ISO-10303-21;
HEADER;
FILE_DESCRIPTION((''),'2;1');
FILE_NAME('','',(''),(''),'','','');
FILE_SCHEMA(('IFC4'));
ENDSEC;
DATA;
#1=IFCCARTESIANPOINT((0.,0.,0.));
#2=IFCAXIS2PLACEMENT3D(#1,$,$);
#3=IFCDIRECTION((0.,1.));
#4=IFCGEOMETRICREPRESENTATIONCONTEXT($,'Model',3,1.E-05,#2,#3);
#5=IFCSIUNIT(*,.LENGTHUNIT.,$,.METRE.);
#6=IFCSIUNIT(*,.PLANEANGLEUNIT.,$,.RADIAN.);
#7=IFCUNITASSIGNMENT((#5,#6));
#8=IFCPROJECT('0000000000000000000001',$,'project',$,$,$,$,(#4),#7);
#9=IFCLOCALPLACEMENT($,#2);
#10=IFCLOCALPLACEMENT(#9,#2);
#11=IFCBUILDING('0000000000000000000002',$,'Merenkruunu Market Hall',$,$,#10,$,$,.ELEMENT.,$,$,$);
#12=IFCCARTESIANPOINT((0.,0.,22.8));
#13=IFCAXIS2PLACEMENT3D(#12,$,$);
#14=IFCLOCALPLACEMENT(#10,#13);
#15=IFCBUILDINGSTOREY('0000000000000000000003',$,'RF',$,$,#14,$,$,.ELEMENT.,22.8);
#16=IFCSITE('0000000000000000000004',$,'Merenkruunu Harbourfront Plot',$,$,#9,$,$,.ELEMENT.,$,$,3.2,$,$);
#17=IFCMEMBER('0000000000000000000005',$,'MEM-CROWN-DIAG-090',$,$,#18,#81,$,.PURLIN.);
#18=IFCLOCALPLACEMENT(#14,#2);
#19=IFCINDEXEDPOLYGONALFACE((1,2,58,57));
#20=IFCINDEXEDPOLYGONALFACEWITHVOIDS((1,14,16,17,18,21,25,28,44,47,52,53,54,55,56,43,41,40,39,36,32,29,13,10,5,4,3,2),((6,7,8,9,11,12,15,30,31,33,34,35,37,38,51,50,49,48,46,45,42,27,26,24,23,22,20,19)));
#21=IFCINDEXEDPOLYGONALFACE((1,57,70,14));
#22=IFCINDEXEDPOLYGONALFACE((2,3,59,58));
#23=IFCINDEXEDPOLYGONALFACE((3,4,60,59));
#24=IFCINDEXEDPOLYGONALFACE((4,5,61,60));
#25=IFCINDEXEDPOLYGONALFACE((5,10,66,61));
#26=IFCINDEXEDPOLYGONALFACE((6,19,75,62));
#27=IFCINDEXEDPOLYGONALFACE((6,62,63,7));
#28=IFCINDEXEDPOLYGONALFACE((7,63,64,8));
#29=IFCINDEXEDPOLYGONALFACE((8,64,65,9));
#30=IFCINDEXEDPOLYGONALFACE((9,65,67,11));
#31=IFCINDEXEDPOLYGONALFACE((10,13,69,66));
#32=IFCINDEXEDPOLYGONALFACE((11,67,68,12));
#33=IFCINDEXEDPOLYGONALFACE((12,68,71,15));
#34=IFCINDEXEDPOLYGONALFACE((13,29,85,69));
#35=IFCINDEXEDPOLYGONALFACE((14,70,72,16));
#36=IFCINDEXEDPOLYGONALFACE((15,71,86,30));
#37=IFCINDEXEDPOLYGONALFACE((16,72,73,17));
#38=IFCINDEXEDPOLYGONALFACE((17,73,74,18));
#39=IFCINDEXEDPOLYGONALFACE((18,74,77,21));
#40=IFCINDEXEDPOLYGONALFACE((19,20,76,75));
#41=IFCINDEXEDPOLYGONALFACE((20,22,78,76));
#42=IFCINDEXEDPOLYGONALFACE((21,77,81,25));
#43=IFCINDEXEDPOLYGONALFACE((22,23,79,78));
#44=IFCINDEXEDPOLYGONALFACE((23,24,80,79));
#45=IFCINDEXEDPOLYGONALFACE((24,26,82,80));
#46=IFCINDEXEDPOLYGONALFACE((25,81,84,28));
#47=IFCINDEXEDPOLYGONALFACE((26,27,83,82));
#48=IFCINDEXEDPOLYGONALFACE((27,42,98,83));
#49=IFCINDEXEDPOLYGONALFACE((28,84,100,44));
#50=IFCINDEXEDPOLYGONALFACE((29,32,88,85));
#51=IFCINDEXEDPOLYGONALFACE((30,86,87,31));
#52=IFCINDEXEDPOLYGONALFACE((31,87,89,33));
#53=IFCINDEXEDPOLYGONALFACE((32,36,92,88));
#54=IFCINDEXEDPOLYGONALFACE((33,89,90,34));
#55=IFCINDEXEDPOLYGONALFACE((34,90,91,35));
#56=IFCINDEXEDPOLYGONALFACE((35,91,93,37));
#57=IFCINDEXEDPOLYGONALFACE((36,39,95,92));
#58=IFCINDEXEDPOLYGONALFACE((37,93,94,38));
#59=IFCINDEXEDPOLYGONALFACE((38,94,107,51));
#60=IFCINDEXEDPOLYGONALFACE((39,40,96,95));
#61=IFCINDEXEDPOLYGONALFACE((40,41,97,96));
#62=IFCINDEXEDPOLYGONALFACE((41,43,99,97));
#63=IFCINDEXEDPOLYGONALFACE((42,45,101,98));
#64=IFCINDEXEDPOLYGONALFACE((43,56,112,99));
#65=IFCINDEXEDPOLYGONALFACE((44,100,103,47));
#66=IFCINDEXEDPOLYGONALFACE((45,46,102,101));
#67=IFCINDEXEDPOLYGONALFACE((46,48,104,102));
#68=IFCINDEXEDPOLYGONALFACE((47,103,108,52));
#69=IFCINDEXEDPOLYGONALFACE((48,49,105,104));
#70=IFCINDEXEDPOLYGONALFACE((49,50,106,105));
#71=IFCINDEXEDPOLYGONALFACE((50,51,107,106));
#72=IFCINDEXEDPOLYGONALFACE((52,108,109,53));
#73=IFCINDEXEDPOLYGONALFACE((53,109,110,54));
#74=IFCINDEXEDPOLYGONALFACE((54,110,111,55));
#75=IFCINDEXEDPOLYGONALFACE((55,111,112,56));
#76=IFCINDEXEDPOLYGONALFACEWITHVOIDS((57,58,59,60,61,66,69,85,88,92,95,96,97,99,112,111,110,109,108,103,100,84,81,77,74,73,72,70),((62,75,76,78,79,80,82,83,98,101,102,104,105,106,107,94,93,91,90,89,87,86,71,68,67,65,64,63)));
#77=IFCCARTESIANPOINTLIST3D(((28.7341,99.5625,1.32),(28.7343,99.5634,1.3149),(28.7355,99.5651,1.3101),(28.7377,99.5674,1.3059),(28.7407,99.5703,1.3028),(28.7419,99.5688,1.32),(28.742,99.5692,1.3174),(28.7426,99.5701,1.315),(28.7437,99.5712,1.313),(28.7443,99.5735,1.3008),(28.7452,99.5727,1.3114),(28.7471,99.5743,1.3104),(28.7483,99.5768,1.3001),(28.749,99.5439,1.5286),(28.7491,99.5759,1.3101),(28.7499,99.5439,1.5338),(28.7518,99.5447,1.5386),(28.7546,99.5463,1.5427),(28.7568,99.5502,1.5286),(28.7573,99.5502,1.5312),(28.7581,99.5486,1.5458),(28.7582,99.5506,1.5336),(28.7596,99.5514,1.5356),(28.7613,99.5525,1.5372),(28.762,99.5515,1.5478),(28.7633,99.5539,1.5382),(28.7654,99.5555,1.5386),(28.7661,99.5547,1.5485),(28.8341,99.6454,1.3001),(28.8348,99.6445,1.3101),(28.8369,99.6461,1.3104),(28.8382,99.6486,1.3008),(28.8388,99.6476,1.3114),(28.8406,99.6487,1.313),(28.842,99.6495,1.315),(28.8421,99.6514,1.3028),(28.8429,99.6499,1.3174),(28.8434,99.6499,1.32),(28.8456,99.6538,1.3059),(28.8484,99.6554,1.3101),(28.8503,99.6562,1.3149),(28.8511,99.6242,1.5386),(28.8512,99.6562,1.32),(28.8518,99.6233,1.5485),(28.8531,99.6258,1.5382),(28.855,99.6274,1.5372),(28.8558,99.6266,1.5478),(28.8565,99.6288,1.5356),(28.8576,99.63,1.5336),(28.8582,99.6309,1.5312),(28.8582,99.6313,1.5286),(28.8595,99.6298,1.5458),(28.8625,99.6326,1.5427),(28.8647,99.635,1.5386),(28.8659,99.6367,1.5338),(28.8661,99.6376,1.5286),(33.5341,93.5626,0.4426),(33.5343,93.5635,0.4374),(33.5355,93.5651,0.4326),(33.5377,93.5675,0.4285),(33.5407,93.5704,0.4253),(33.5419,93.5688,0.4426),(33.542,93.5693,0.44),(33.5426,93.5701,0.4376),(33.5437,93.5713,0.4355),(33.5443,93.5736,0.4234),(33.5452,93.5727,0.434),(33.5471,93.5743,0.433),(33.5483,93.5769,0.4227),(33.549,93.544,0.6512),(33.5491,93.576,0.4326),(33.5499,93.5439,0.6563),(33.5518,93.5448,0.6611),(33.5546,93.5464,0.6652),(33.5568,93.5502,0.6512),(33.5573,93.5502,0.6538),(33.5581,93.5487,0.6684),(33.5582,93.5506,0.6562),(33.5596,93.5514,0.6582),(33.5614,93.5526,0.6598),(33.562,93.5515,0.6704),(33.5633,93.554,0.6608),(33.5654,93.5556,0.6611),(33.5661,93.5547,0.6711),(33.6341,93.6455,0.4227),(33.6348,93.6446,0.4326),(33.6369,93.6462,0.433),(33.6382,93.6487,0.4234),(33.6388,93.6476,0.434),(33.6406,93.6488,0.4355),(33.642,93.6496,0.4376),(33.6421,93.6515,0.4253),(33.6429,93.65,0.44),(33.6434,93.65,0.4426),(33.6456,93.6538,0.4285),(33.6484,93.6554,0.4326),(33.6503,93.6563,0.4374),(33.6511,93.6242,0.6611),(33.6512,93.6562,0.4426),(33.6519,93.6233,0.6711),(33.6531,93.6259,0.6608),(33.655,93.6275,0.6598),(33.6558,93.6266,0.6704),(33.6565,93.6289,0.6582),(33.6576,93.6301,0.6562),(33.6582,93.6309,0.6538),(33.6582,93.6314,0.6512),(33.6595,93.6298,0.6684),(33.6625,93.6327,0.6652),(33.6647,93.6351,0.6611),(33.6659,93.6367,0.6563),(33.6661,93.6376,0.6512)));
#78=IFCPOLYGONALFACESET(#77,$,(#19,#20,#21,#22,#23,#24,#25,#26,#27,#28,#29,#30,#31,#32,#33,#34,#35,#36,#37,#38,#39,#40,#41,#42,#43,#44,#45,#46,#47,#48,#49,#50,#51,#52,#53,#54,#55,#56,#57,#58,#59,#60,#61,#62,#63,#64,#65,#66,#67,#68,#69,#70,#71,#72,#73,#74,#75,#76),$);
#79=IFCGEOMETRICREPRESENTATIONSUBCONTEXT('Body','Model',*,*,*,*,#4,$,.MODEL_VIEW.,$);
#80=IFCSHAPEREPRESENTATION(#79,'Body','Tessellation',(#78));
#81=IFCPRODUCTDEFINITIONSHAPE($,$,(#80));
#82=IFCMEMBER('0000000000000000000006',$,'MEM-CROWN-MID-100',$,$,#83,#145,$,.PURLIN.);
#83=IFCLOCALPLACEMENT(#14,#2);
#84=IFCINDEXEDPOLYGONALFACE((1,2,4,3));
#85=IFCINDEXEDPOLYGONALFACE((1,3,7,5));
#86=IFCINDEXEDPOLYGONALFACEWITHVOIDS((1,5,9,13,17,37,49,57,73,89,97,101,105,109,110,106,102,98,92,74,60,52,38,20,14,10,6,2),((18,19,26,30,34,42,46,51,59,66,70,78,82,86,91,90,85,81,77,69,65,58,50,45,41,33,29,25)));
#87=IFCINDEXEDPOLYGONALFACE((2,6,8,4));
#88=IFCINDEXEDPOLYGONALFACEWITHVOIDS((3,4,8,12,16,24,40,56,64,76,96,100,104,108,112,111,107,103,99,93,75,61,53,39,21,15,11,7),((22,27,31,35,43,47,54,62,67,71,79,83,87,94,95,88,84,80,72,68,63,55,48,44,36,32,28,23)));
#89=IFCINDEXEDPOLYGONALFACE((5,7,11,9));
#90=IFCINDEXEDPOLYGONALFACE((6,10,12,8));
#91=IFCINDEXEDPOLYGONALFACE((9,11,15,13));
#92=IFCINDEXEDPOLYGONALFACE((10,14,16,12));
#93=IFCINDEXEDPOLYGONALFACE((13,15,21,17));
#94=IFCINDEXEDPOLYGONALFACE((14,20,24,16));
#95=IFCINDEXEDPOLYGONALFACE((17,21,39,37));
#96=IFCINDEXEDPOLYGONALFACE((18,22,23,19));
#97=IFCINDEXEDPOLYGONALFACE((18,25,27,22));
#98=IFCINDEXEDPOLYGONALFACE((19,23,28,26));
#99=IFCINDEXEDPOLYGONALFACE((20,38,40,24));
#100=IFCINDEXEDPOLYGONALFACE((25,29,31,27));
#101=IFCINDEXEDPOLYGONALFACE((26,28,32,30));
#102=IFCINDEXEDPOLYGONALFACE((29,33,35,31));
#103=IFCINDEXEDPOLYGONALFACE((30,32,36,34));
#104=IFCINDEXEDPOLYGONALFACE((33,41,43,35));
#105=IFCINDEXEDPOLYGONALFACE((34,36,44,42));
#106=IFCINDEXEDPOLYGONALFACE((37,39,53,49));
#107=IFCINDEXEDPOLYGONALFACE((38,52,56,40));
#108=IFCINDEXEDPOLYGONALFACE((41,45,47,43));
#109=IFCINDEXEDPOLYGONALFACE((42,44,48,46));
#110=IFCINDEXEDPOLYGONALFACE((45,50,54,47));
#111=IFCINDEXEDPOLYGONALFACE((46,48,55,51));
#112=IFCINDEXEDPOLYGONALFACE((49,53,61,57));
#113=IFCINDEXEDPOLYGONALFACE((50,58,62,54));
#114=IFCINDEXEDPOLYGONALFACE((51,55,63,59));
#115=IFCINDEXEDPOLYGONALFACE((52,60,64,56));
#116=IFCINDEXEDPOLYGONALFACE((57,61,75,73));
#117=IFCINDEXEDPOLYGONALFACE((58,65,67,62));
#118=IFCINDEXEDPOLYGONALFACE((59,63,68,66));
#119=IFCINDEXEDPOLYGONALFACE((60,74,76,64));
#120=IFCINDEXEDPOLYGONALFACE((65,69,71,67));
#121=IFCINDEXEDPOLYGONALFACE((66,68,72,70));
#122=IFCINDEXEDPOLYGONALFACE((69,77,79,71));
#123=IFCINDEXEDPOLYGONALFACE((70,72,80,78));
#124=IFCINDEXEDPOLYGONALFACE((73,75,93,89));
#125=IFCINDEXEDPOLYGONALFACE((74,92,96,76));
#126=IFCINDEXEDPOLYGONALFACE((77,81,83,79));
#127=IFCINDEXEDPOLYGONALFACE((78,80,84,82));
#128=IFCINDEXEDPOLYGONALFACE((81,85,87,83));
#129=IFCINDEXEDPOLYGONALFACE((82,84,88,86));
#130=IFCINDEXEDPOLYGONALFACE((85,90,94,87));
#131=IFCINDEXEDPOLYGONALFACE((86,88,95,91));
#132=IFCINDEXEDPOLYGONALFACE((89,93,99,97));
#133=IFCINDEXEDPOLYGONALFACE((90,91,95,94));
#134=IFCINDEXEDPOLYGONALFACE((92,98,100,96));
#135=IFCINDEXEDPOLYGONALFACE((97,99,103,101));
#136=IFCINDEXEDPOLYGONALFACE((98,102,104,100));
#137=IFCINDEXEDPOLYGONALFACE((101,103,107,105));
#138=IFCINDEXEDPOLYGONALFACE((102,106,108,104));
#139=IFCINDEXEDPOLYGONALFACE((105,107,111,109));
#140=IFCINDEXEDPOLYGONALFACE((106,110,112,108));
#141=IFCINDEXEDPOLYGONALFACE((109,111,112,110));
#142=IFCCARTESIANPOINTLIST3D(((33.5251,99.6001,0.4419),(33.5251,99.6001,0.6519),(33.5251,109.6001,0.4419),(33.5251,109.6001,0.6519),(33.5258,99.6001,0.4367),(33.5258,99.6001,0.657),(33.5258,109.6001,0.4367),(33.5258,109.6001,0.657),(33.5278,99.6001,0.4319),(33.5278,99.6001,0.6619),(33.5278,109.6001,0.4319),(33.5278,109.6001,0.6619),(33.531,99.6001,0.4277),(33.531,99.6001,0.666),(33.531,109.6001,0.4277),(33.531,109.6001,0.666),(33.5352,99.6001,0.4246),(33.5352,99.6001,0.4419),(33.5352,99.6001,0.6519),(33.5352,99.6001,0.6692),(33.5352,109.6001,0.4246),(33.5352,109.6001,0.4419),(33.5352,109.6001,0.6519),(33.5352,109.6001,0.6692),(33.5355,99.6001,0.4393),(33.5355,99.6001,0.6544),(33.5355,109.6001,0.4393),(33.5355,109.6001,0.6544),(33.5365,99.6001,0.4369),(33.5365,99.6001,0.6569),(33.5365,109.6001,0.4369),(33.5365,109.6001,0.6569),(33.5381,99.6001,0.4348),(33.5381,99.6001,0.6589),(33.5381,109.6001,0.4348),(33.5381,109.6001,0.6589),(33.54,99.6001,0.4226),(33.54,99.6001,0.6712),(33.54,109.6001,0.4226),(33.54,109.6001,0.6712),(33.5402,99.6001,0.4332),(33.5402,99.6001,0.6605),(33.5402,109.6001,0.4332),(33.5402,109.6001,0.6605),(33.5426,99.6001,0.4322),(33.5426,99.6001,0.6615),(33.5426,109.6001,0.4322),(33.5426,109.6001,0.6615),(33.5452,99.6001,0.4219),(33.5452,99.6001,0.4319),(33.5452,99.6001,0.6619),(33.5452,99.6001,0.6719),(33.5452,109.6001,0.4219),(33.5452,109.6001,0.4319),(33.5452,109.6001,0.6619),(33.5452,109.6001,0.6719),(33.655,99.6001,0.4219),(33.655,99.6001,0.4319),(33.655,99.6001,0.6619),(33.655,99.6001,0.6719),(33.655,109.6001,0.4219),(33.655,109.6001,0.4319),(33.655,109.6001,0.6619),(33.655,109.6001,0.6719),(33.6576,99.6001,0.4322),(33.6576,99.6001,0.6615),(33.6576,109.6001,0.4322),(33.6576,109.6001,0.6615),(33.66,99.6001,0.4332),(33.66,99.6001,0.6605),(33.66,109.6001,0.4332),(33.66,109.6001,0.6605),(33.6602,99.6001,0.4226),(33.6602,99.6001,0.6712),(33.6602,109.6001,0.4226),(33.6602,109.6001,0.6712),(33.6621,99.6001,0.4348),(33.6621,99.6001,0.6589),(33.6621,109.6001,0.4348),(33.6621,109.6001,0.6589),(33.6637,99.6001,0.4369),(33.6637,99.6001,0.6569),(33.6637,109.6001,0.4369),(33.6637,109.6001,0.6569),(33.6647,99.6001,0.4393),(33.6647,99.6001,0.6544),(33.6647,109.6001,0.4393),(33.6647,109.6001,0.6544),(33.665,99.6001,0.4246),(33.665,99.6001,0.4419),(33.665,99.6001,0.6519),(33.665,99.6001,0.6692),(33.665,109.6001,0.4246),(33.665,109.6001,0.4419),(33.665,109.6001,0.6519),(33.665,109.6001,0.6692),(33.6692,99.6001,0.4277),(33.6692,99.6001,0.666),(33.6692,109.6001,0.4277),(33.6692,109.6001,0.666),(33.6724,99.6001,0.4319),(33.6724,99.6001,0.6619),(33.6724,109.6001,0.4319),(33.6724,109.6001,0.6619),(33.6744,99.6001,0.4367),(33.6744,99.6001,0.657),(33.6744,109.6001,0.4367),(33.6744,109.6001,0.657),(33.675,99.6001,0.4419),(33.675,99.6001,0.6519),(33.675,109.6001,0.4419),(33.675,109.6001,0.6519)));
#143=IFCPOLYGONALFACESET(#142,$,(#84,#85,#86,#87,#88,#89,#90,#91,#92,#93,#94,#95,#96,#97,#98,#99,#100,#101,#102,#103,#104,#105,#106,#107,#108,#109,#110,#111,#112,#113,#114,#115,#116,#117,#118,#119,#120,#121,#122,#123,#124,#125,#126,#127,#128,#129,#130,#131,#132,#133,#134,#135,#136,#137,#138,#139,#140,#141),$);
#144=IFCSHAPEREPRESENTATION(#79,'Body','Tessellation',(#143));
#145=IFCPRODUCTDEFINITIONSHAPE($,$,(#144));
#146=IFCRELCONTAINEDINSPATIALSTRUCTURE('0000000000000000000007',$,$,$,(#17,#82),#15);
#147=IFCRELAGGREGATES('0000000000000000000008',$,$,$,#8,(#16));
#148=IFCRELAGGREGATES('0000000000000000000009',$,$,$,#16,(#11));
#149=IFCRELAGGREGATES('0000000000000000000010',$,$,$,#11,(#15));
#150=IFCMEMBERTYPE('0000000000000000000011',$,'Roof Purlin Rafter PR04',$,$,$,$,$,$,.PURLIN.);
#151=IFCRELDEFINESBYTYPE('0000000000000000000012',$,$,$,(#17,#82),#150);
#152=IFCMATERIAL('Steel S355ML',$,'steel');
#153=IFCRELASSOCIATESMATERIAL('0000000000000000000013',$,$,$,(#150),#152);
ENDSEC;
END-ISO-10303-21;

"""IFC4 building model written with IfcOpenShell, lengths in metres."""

from ifc_helpers import new_model, si_unit, direction, frame, origin, origin_2d, place, context, subcontext, project, spatial, hollow_rectangle, extrude, material, material_profile, profile_set, type_object, element, save


model = new_model("IFC4")

# Units and contexts
model_context = context("Model", 3, precision=1e-05, world=origin(), true_north=direction((0.0, 1.0)))
body_context = subcontext(model_context, "Body", "Model", "MODEL_VIEW")
ifc_project = project(units=[si_unit("LENGTHUNIT", "METRE"), si_unit("PLANEANGLEUNIT", "RADIAN")], contexts=[model_context])

# Site, building, storey
site_placement = place(None, origin())
site = spatial("IfcSite", under=ifc_project, at=site_placement, Name="Merenkruunu Harbourfront Plot", CompositionType="ELEMENT", RefElevation=3.2)
building_placement = place(site_placement, origin())
building = spatial("IfcBuilding", under=site, at=building_placement, Name="Merenkruunu Market Hall", CompositionType="ELEMENT")
storey_placement = place(building_placement, frame((0.0, 0.0, 22.8)))
storey = spatial("IfcBuildingStorey", under=building, at=storey_placement, Name="RF", CompositionType="ELEMENT", Elevation=22.8)

# Members
ifc_material_1 = material(Name="Steel S355ML", Category="steel")
ifc_material_profile_1 = material_profile(ifc_material_1, hollow_rectangle(XDim=0.1499, YDim=0.25, WallThickness=0.01, InnerFilletRadius=0.01, OuterFilletRadius=0.02, at=origin_2d()), Name="RHS 250x150x10")
ifc_profile_set_1 = profile_set([ifc_material_profile_1], Name="Steel S355ML")
member_type_1 = type_object("IfcMemberType", Name="Roof Purlin Rafter PR04", PredefinedType="PURLIN", material=ifc_profile_set_1)
member_1_placement = place(storey_placement, frame((33.6001, 93.6001, 0.5469), z_axis=(-0.620665, 0.775824, 0.113457), x_axis=(-0.780866, -0.624699, 0.0)))
element("IfcMember", 1, at=member_1_placement, inside=storey, type_object=member_type_1, Name="MEM-CROWN-DIAG-090", PredefinedType="PURLIN", context=body_context, shape_type="SweptSolid", body=[
    extrude(hollow_rectangle(XDim=0.1499, YDim=0.25, WallThickness=0.01, InnerFilletRadius=0.01, OuterFilletRadius=0.02, at=origin_2d()), origin(), (0.0, 0.0, 1.0), 7.7336),
])
member_2_placement = place(storey_placement, frame((33.6001, 99.6001, 0.5469), z_axis=(0.0, 1.0, 0.0), x_axis=(-1.0, 0.0, 0.0)))
element("IfcMember", 2, at=member_2_placement, inside=storey, type_object=member_type_1, Name="MEM-CROWN-MID-100", PredefinedType="PURLIN", context=body_context, shape_type="SweptSolid", body=[
    extrude(hollow_rectangle(XDim=0.1499, YDim=0.25, WallThickness=0.01, InnerFilletRadius=0.01, OuterFilletRadius=0.02, at=origin_2d()), origin(), (0.0, 0.0, 1.0), 10.0),
])

save(model, "model.ifc")
